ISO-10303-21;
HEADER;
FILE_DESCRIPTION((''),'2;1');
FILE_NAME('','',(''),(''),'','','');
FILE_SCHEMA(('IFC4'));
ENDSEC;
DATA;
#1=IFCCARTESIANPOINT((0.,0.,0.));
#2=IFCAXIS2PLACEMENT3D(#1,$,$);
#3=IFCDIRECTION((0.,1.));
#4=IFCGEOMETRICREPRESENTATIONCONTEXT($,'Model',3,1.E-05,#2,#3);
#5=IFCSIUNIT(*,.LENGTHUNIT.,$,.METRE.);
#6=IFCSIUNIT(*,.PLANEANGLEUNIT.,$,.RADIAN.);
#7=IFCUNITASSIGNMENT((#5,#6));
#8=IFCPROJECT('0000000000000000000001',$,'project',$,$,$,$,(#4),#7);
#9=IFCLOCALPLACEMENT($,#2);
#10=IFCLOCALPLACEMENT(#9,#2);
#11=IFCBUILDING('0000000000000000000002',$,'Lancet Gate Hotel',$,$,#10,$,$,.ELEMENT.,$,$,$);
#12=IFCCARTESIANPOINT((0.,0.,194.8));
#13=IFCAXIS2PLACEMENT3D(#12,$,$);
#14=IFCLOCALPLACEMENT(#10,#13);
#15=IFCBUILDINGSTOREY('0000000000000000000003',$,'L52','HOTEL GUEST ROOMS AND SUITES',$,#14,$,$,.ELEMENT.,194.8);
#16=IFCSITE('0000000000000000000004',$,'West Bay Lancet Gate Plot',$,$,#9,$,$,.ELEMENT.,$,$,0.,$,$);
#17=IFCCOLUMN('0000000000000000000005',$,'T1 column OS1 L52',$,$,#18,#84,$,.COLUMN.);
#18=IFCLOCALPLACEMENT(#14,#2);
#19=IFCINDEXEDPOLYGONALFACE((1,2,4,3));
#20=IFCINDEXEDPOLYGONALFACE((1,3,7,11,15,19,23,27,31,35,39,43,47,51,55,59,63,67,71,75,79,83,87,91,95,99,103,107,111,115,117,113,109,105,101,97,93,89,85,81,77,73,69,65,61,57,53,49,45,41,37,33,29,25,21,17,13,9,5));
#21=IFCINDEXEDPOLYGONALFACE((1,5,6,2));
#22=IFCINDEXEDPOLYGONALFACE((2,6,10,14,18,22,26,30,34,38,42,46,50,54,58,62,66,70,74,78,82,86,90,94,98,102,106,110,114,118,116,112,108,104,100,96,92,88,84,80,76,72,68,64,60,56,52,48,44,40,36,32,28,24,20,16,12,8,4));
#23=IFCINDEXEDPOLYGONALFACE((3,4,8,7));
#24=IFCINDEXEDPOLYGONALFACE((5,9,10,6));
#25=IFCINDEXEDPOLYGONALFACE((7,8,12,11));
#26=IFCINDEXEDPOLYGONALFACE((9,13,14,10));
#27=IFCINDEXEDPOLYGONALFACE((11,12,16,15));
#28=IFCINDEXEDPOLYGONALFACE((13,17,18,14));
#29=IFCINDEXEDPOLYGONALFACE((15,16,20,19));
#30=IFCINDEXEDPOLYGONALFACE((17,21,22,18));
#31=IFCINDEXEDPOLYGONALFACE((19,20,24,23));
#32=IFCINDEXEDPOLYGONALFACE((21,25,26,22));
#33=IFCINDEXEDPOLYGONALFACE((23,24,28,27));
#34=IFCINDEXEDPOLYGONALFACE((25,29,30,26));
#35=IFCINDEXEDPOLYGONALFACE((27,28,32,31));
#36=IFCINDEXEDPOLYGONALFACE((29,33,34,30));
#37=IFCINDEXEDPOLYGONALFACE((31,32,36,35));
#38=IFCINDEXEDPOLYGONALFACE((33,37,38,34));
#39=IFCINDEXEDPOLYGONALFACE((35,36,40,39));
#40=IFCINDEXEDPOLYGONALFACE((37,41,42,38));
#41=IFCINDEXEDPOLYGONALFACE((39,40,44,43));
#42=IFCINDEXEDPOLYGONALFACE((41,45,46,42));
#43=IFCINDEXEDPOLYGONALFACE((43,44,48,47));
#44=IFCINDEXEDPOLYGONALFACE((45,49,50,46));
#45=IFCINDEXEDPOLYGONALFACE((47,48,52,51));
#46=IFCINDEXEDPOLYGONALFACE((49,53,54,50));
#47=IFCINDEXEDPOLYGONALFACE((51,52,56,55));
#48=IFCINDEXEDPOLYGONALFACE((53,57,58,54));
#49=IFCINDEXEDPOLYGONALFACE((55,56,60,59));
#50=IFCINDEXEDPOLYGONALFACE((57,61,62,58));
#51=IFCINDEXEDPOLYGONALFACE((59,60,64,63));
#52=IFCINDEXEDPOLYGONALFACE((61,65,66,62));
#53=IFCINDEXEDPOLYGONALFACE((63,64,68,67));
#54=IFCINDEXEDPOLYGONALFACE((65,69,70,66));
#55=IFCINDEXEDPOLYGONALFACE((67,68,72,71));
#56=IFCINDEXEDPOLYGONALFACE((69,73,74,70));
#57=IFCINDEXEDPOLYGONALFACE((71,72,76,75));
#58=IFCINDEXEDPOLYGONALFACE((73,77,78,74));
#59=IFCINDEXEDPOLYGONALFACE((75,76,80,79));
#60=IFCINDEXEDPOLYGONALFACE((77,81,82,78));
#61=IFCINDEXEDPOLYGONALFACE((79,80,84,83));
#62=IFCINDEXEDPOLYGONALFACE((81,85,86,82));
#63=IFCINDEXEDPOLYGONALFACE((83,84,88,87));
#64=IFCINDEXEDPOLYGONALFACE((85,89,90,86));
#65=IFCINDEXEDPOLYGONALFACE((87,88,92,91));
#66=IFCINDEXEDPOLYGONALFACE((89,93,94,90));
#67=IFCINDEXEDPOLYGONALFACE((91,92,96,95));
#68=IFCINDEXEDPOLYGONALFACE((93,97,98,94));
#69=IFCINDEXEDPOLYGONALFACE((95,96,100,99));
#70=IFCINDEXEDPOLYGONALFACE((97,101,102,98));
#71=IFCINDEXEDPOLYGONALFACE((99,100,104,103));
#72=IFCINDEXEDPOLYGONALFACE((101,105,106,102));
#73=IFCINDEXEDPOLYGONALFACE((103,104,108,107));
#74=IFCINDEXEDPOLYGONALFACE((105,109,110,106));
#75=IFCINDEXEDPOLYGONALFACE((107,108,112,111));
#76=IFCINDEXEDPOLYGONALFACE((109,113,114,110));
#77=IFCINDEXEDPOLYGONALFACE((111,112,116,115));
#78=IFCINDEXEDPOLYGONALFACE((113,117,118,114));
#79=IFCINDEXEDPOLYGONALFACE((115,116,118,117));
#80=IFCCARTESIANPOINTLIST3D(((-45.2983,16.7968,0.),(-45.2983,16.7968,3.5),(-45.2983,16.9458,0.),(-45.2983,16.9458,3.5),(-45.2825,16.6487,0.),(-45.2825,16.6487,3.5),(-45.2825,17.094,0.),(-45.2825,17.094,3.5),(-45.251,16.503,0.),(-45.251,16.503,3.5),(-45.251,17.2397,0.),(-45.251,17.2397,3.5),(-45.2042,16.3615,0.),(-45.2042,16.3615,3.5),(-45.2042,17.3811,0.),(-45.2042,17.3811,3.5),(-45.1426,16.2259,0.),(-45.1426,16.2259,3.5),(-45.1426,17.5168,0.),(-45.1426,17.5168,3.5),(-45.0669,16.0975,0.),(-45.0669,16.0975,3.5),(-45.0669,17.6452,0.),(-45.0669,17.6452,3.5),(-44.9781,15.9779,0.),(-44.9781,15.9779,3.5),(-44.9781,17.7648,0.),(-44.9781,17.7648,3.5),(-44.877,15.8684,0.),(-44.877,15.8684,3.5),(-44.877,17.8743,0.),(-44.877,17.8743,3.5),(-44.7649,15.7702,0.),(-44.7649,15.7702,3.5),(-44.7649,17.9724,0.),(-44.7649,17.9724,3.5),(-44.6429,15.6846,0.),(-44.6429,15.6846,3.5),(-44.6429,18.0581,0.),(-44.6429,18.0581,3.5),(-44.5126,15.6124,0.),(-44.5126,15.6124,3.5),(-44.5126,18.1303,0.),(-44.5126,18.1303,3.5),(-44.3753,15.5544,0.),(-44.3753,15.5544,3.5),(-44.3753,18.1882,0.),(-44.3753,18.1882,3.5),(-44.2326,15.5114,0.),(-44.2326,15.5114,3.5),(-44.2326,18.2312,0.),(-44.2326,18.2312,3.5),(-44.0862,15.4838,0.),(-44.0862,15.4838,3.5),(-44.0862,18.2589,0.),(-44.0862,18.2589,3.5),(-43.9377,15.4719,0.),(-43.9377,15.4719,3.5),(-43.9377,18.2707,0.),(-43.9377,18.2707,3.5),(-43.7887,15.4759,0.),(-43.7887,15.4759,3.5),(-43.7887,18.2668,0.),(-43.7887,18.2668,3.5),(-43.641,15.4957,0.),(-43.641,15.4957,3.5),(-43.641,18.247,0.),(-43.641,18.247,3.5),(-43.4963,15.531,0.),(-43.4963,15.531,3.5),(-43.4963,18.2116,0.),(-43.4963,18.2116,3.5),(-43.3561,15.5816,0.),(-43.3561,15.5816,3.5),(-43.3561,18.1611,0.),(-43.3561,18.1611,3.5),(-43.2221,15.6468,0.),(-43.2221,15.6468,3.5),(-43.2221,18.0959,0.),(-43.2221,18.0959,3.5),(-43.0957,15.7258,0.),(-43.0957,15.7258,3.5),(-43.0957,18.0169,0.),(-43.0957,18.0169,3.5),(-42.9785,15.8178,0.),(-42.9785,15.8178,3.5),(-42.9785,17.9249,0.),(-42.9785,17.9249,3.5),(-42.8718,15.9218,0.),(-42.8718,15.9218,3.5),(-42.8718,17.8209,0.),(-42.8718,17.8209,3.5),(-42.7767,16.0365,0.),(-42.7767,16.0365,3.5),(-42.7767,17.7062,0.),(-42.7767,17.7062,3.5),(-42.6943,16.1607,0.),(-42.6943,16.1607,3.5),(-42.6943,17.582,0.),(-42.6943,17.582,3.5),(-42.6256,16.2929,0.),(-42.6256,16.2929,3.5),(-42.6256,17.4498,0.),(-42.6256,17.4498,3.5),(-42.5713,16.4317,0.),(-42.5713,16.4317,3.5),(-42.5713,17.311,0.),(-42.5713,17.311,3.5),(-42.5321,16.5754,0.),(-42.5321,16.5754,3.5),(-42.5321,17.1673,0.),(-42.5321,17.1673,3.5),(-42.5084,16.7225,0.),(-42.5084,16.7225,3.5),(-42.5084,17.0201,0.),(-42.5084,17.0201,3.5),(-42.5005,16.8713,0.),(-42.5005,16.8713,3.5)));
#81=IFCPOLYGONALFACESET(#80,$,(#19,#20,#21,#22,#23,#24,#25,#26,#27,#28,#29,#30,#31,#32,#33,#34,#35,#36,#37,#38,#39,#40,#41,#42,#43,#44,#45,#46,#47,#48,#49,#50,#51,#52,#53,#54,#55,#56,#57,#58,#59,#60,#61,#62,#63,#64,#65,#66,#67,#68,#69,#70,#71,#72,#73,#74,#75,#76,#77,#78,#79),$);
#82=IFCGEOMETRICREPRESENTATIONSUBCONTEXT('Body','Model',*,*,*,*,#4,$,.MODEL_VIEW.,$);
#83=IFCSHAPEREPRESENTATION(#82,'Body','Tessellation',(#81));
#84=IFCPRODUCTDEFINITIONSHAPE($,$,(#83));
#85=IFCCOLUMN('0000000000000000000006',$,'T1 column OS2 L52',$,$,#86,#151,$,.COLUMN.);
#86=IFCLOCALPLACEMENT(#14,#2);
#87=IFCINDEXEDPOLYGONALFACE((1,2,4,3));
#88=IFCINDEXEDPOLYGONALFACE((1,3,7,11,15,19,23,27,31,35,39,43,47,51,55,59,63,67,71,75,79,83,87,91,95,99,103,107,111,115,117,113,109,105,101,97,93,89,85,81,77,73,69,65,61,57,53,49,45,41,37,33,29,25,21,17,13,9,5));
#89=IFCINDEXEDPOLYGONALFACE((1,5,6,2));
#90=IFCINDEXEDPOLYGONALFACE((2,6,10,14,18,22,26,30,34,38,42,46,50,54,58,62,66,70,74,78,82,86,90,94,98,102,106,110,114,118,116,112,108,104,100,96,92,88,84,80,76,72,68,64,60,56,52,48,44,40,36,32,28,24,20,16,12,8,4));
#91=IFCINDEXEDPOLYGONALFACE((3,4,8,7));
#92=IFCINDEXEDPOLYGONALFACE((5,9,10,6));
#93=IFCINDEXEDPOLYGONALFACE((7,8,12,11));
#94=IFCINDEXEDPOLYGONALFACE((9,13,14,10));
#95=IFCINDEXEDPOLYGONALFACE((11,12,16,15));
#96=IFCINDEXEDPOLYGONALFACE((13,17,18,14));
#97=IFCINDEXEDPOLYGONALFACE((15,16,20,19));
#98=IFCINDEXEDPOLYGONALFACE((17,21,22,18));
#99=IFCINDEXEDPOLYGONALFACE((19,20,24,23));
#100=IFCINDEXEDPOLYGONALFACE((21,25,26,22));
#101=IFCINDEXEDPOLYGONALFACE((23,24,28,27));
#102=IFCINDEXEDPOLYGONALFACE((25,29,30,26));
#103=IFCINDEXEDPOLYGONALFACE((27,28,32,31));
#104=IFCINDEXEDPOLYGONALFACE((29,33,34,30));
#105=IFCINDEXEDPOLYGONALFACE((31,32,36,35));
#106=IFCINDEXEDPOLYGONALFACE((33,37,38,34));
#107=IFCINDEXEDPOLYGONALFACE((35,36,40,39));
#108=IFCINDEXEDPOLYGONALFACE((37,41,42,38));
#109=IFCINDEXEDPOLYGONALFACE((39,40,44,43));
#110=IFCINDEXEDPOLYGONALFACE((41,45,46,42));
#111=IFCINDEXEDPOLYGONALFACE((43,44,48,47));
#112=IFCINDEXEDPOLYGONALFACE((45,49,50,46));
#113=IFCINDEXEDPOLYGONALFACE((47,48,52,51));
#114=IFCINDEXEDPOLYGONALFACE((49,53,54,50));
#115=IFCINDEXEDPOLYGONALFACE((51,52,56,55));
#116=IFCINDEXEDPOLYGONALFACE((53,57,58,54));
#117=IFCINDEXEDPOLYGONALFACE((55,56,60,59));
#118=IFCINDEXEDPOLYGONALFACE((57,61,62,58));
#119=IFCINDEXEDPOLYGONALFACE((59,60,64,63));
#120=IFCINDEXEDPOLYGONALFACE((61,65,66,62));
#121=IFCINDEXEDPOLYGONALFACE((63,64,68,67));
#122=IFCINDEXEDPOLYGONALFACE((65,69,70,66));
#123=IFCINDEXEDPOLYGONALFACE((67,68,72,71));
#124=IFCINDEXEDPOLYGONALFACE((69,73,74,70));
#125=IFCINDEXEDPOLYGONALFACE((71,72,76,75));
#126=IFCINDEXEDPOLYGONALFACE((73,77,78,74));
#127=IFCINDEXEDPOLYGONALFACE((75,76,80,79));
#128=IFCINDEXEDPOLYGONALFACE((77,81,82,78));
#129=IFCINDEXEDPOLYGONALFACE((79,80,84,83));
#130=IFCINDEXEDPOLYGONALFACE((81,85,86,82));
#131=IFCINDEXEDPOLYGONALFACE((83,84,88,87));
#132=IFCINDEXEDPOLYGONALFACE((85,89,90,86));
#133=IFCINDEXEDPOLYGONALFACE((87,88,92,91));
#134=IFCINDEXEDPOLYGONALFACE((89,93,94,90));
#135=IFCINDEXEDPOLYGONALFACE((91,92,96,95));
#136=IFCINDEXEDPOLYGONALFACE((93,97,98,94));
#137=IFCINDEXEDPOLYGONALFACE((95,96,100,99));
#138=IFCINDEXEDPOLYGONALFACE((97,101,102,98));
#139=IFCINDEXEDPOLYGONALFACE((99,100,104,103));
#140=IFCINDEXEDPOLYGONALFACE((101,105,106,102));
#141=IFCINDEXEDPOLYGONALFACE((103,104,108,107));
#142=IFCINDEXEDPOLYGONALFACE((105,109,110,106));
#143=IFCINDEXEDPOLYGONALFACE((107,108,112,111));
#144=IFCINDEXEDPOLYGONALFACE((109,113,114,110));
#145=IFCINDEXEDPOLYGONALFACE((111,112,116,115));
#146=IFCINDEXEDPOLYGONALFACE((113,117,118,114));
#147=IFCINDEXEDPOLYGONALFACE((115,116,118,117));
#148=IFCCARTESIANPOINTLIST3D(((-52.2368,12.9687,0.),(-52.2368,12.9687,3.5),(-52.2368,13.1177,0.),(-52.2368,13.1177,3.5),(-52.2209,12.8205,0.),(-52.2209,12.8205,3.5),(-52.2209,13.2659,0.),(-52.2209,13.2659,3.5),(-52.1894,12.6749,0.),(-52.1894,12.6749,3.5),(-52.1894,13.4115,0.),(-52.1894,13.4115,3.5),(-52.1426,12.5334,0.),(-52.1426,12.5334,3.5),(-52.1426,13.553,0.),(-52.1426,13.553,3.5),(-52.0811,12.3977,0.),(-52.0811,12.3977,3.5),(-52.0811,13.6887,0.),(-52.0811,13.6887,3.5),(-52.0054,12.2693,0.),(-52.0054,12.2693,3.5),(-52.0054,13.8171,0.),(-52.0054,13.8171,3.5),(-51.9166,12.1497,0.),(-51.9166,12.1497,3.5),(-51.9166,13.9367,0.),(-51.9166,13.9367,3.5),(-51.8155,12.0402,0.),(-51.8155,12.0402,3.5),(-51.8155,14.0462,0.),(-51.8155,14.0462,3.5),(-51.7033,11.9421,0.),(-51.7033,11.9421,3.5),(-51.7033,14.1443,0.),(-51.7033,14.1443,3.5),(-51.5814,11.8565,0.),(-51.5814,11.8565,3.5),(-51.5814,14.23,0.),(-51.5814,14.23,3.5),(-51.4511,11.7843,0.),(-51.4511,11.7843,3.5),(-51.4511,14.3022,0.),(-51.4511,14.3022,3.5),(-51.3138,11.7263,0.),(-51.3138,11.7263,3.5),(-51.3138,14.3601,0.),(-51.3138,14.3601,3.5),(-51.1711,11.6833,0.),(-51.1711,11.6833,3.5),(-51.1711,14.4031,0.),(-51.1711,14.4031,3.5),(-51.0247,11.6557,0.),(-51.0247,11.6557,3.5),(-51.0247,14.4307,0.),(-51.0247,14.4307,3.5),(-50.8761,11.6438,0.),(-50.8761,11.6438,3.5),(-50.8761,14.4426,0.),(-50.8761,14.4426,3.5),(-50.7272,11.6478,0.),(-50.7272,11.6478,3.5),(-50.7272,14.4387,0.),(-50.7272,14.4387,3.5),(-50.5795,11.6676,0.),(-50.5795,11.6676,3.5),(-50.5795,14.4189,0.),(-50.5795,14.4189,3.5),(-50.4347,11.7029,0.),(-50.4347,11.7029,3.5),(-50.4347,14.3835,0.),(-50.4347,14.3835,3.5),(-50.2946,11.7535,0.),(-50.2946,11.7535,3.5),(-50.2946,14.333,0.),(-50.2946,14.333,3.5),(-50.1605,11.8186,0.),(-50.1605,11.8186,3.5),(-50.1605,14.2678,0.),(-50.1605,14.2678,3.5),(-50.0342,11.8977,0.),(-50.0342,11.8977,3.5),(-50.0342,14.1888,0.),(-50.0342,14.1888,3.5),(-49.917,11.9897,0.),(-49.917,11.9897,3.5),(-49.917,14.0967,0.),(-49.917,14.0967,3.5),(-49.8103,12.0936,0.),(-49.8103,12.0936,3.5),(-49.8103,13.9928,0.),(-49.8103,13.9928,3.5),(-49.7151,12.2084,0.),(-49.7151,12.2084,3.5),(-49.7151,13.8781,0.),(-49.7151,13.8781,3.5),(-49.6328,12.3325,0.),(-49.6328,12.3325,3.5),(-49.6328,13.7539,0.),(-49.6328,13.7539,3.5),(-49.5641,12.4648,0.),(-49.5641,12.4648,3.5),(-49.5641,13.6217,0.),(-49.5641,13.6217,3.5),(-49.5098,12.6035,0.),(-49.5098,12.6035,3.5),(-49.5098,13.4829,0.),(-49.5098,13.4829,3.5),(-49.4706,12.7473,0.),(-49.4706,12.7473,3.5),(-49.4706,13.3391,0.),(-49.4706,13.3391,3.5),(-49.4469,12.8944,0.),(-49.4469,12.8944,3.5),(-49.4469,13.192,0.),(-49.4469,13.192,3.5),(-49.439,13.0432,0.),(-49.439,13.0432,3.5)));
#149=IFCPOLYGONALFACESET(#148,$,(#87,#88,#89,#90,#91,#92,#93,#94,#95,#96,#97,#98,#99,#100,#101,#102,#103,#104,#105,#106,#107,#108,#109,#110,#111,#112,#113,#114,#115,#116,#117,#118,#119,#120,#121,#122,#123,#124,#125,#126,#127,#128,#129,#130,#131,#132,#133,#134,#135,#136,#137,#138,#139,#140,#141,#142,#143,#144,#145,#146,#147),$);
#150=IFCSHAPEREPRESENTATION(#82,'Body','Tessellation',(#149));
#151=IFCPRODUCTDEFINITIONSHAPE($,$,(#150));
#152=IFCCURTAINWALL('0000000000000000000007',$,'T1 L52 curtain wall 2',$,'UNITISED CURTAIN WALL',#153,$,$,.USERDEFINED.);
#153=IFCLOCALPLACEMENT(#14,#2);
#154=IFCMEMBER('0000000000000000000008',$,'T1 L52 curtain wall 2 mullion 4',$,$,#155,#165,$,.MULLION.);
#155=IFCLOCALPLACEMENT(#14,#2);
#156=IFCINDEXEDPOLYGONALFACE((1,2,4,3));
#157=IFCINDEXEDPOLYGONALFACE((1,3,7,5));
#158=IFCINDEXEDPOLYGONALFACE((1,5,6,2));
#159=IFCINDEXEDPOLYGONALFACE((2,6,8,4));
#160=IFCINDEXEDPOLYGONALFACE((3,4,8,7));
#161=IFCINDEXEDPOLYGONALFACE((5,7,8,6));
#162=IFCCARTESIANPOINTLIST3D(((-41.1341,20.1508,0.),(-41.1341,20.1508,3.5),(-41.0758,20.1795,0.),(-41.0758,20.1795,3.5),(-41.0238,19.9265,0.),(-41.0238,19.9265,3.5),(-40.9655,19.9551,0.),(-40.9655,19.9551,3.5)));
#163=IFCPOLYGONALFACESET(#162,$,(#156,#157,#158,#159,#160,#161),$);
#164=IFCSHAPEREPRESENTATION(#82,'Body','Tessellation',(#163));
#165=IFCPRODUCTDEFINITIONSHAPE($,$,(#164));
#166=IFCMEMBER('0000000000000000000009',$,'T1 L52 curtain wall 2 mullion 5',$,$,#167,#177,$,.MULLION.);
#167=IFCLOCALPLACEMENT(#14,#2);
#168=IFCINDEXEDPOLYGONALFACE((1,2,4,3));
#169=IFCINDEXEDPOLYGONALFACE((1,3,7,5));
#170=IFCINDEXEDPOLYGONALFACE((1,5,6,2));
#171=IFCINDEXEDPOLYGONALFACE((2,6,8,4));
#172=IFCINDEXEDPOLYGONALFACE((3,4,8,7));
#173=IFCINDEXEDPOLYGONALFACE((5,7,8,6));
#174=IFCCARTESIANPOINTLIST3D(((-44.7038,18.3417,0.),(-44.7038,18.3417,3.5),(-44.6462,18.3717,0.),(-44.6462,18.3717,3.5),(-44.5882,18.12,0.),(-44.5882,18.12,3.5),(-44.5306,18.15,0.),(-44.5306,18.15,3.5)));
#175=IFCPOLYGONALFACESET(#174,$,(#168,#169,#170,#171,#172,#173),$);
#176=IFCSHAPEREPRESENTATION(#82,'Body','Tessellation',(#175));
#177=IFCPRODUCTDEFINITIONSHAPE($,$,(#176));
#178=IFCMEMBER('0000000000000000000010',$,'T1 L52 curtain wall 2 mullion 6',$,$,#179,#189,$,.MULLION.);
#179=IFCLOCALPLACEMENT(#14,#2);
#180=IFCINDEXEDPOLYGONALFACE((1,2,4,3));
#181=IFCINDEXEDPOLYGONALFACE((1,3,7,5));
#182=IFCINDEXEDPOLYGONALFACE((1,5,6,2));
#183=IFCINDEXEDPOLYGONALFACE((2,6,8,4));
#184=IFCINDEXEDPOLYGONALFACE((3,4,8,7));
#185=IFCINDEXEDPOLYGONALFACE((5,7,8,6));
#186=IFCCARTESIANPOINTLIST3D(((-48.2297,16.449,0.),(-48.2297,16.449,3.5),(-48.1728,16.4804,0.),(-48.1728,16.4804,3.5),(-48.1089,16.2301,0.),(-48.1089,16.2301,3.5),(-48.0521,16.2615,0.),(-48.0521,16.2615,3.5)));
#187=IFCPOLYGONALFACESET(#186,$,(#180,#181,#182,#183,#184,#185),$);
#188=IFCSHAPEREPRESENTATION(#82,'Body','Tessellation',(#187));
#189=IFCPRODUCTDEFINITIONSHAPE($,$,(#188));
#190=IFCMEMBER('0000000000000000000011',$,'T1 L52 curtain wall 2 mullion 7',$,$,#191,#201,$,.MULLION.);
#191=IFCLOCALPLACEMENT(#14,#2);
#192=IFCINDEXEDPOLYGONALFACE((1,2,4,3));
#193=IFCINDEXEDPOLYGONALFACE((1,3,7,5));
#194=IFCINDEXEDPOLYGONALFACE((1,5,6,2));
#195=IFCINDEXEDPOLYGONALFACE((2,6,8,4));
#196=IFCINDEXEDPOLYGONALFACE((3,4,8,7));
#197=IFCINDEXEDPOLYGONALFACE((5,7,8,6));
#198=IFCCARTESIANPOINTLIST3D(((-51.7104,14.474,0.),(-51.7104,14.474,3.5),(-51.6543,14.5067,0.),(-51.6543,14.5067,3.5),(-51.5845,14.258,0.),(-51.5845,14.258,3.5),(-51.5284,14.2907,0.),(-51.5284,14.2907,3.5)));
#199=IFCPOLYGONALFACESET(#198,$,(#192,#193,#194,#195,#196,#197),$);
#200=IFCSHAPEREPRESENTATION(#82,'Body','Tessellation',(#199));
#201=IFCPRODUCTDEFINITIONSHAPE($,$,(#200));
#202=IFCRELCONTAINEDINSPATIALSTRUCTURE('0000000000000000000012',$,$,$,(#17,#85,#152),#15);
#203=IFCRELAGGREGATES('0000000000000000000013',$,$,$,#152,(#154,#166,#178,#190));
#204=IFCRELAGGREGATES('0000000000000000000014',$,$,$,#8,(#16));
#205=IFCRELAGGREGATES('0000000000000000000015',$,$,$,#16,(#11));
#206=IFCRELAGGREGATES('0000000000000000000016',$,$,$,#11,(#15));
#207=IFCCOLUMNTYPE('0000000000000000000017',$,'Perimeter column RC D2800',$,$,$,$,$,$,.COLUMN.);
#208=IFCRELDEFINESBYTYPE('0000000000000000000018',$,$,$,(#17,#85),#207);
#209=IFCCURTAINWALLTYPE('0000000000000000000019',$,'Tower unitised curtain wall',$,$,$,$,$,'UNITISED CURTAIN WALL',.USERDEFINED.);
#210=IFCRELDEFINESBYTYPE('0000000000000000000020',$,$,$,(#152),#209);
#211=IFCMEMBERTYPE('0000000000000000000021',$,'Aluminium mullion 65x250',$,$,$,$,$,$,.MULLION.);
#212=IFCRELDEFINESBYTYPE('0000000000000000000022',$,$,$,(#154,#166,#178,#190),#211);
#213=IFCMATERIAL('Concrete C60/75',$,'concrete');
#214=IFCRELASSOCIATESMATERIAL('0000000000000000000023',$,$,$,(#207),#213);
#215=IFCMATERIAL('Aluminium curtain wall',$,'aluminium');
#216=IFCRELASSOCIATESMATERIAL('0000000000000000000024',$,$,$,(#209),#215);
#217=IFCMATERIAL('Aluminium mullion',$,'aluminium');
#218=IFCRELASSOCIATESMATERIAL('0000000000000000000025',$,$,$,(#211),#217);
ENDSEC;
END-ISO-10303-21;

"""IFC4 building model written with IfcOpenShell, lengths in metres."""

from ifc_helpers import new_model, si_unit, direction, frame, origin, origin_2d, place, context, subcontext, project, spatial, rectangle, circle, extrude, material, material_profile, profile_set, type_object, element, aggregate, save


model = new_model("IFC4")

# Units and contexts
model_context = context("Model", 3, precision=1e-05, world=origin(), true_north=direction((0.0, 1.0)))
body_context = subcontext(model_context, "Body", "Model", "MODEL_VIEW")
ifc_project = project(units=[si_unit("LENGTHUNIT", "METRE"), si_unit("PLANEANGLEUNIT", "RADIAN")], contexts=[model_context])

# Site, building, storey
site_placement = place(None, origin())
site = spatial("IfcSite", under=ifc_project, at=site_placement, Name="West Bay Lancet Gate Plot", CompositionType="ELEMENT", RefElevation=0.0)
building_placement = place(site_placement, origin())
building = spatial("IfcBuilding", under=site, at=building_placement, Name="Lancet Gate Hotel", CompositionType="ELEMENT")
storey_placement = place(building_placement, frame((0.0, 0.0, 194.8)))
storey = spatial("IfcBuildingStorey", under=building, at=storey_placement, Name="L52", Description="HOTEL GUEST ROOMS AND SUITES", CompositionType="ELEMENT", Elevation=194.8)

# Columns
ifc_material_1 = material(Name="Concrete C60/75", Category="concrete")
ifc_material_profile_1 = material_profile(ifc_material_1, circle(Radius=1.3999, at=origin_2d()), Name="RC D2800")
ifc_profile_set_1 = profile_set([ifc_material_profile_1], Name="Concrete C60/75")
column_type = type_object("IfcColumnType", Name="Perimeter column RC D2800", PredefinedType="COLUMN", material=ifc_profile_set_1)
for number, where, z_axis, x_axis, name in (
    (1, (-43.9004, 16.8713, 0.0), (0.0, 0.0, 1.0), (1.0, 0.0, 0.0), "T1 column OS1 L52"),
    (2, (-50.8389, 13.0432, 0.0), (0.0, 0.0, 1.0), (1.0, 0.0, 0.0), "T1 column OS2 L52"),
):
    element("IfcColumn", number, at=place(storey_placement, frame(where, z_axis=z_axis, x_axis=x_axis)), inside=storey, type_object=column_type, Name=name, PredefinedType="COLUMN", context=body_context, shape_type="SweptSolid", body=[
        extrude(circle(Radius=1.3999, at=origin_2d()), origin(), (0.0, 0.0, 1.0), 3.5),
    ])

# Curtain wall, members
ifc_material_2 = material(Name="Aluminium curtain wall", Category="aluminium")
curtain_wall_type = type_object("IfcCurtainWallType", Name="Tower unitised curtain wall", ElementType="UNITISED CURTAIN WALL", PredefinedType="USERDEFINED", material=ifc_material_2)
curtain_wall_placement = place(storey_placement, origin())
curtain_wall = element("IfcCurtainWall", 3, at=curtain_wall_placement, inside=storey, type_object=curtain_wall_type, Name="T1 L52 curtain wall 2", ObjectType="UNITISED CURTAIN WALL", PredefinedType="USERDEFINED")
ifc_material_3 = material(Name="Aluminium mullion", Category="aluminium")
ifc_material_profile_2 = material_profile(ifc_material_3, rectangle(XDim=0.0649, YDim=0.25, at=origin_2d()), Name="MULLION 65x250")
ifc_profile_set_2 = profile_set([ifc_material_profile_2], Name="Aluminium mullion")
member_type_1 = type_object("IfcMemberType", Name="Aluminium mullion 65x250", PredefinedType="MULLION", material=ifc_profile_set_2)
member_1_placement = place(storey_placement, frame((-41.0498, 20.053, 0.0), z_axis=(0.0, 0.0, 1.0), x_axis=(-0.897324, -0.441372, 0.0)))
member_1 = element("IfcMember", 4, at=member_1_placement, type_object=member_type_1, Name="T1 L52 curtain wall 2 mullion 4", PredefinedType="MULLION", context=body_context, shape_type="SweptSolid", body=[
    extrude(rectangle(XDim=0.0649, YDim=0.25, at=origin_2d()), origin(), (0.0, 0.0, 1.0), 3.5),
])
member_2_placement = place(storey_placement, frame((-44.6172, 18.2458, 0.0), z_axis=(0.0, 0.0, 1.0), x_axis=(-0.886694, -0.462356, 0.0)))
member_2 = element("IfcMember", 5, at=member_2_placement, type_object=member_type_1, Name="T1 L52 curtain wall 2 mullion 5", PredefinedType="MULLION", context=body_context, shape_type="SweptSolid", body=[
    extrude(rectangle(XDim=0.0649, YDim=0.25, at=origin_2d()), origin(), (0.0, 0.0, 1.0), 3.5),
])
member_3_placement = place(storey_placement, frame((-48.1409, 16.3552, 0.0), z_axis=(0.0, 0.0, 1.0), x_axis=(-0.875574, -0.483084, 0.0)))
member_3 = element("IfcMember", 6, at=member_3_placement, type_object=member_type_1, Name="T1 L52 curtain wall 2 mullion 6", PredefinedType="MULLION", context=body_context, shape_type="SweptSolid", body=[
    extrude(rectangle(XDim=0.0649, YDim=0.25, at=origin_2d()), origin(), (0.0, 0.0, 1.0), 3.5),
])
member_4_placement = place(storey_placement, frame((-51.6194, 14.3823, 0.0), z_axis=(0.0, 0.0, 1.0), x_axis=(-0.863969, -0.503545, 0.0)))
member_4 = element("IfcMember", 7, at=member_4_placement, type_object=member_type_1, Name="T1 L52 curtain wall 2 mullion 7", PredefinedType="MULLION", context=body_context, shape_type="SweptSolid", body=[
    extrude(rectangle(XDim=0.0649, YDim=0.25, at=origin_2d()), origin(), (0.0, 0.0, 1.0), 3.5),
])

aggregate(curtain_wall, [member_1, member_2, member_3, member_4])

save(model, "model.ifc")
